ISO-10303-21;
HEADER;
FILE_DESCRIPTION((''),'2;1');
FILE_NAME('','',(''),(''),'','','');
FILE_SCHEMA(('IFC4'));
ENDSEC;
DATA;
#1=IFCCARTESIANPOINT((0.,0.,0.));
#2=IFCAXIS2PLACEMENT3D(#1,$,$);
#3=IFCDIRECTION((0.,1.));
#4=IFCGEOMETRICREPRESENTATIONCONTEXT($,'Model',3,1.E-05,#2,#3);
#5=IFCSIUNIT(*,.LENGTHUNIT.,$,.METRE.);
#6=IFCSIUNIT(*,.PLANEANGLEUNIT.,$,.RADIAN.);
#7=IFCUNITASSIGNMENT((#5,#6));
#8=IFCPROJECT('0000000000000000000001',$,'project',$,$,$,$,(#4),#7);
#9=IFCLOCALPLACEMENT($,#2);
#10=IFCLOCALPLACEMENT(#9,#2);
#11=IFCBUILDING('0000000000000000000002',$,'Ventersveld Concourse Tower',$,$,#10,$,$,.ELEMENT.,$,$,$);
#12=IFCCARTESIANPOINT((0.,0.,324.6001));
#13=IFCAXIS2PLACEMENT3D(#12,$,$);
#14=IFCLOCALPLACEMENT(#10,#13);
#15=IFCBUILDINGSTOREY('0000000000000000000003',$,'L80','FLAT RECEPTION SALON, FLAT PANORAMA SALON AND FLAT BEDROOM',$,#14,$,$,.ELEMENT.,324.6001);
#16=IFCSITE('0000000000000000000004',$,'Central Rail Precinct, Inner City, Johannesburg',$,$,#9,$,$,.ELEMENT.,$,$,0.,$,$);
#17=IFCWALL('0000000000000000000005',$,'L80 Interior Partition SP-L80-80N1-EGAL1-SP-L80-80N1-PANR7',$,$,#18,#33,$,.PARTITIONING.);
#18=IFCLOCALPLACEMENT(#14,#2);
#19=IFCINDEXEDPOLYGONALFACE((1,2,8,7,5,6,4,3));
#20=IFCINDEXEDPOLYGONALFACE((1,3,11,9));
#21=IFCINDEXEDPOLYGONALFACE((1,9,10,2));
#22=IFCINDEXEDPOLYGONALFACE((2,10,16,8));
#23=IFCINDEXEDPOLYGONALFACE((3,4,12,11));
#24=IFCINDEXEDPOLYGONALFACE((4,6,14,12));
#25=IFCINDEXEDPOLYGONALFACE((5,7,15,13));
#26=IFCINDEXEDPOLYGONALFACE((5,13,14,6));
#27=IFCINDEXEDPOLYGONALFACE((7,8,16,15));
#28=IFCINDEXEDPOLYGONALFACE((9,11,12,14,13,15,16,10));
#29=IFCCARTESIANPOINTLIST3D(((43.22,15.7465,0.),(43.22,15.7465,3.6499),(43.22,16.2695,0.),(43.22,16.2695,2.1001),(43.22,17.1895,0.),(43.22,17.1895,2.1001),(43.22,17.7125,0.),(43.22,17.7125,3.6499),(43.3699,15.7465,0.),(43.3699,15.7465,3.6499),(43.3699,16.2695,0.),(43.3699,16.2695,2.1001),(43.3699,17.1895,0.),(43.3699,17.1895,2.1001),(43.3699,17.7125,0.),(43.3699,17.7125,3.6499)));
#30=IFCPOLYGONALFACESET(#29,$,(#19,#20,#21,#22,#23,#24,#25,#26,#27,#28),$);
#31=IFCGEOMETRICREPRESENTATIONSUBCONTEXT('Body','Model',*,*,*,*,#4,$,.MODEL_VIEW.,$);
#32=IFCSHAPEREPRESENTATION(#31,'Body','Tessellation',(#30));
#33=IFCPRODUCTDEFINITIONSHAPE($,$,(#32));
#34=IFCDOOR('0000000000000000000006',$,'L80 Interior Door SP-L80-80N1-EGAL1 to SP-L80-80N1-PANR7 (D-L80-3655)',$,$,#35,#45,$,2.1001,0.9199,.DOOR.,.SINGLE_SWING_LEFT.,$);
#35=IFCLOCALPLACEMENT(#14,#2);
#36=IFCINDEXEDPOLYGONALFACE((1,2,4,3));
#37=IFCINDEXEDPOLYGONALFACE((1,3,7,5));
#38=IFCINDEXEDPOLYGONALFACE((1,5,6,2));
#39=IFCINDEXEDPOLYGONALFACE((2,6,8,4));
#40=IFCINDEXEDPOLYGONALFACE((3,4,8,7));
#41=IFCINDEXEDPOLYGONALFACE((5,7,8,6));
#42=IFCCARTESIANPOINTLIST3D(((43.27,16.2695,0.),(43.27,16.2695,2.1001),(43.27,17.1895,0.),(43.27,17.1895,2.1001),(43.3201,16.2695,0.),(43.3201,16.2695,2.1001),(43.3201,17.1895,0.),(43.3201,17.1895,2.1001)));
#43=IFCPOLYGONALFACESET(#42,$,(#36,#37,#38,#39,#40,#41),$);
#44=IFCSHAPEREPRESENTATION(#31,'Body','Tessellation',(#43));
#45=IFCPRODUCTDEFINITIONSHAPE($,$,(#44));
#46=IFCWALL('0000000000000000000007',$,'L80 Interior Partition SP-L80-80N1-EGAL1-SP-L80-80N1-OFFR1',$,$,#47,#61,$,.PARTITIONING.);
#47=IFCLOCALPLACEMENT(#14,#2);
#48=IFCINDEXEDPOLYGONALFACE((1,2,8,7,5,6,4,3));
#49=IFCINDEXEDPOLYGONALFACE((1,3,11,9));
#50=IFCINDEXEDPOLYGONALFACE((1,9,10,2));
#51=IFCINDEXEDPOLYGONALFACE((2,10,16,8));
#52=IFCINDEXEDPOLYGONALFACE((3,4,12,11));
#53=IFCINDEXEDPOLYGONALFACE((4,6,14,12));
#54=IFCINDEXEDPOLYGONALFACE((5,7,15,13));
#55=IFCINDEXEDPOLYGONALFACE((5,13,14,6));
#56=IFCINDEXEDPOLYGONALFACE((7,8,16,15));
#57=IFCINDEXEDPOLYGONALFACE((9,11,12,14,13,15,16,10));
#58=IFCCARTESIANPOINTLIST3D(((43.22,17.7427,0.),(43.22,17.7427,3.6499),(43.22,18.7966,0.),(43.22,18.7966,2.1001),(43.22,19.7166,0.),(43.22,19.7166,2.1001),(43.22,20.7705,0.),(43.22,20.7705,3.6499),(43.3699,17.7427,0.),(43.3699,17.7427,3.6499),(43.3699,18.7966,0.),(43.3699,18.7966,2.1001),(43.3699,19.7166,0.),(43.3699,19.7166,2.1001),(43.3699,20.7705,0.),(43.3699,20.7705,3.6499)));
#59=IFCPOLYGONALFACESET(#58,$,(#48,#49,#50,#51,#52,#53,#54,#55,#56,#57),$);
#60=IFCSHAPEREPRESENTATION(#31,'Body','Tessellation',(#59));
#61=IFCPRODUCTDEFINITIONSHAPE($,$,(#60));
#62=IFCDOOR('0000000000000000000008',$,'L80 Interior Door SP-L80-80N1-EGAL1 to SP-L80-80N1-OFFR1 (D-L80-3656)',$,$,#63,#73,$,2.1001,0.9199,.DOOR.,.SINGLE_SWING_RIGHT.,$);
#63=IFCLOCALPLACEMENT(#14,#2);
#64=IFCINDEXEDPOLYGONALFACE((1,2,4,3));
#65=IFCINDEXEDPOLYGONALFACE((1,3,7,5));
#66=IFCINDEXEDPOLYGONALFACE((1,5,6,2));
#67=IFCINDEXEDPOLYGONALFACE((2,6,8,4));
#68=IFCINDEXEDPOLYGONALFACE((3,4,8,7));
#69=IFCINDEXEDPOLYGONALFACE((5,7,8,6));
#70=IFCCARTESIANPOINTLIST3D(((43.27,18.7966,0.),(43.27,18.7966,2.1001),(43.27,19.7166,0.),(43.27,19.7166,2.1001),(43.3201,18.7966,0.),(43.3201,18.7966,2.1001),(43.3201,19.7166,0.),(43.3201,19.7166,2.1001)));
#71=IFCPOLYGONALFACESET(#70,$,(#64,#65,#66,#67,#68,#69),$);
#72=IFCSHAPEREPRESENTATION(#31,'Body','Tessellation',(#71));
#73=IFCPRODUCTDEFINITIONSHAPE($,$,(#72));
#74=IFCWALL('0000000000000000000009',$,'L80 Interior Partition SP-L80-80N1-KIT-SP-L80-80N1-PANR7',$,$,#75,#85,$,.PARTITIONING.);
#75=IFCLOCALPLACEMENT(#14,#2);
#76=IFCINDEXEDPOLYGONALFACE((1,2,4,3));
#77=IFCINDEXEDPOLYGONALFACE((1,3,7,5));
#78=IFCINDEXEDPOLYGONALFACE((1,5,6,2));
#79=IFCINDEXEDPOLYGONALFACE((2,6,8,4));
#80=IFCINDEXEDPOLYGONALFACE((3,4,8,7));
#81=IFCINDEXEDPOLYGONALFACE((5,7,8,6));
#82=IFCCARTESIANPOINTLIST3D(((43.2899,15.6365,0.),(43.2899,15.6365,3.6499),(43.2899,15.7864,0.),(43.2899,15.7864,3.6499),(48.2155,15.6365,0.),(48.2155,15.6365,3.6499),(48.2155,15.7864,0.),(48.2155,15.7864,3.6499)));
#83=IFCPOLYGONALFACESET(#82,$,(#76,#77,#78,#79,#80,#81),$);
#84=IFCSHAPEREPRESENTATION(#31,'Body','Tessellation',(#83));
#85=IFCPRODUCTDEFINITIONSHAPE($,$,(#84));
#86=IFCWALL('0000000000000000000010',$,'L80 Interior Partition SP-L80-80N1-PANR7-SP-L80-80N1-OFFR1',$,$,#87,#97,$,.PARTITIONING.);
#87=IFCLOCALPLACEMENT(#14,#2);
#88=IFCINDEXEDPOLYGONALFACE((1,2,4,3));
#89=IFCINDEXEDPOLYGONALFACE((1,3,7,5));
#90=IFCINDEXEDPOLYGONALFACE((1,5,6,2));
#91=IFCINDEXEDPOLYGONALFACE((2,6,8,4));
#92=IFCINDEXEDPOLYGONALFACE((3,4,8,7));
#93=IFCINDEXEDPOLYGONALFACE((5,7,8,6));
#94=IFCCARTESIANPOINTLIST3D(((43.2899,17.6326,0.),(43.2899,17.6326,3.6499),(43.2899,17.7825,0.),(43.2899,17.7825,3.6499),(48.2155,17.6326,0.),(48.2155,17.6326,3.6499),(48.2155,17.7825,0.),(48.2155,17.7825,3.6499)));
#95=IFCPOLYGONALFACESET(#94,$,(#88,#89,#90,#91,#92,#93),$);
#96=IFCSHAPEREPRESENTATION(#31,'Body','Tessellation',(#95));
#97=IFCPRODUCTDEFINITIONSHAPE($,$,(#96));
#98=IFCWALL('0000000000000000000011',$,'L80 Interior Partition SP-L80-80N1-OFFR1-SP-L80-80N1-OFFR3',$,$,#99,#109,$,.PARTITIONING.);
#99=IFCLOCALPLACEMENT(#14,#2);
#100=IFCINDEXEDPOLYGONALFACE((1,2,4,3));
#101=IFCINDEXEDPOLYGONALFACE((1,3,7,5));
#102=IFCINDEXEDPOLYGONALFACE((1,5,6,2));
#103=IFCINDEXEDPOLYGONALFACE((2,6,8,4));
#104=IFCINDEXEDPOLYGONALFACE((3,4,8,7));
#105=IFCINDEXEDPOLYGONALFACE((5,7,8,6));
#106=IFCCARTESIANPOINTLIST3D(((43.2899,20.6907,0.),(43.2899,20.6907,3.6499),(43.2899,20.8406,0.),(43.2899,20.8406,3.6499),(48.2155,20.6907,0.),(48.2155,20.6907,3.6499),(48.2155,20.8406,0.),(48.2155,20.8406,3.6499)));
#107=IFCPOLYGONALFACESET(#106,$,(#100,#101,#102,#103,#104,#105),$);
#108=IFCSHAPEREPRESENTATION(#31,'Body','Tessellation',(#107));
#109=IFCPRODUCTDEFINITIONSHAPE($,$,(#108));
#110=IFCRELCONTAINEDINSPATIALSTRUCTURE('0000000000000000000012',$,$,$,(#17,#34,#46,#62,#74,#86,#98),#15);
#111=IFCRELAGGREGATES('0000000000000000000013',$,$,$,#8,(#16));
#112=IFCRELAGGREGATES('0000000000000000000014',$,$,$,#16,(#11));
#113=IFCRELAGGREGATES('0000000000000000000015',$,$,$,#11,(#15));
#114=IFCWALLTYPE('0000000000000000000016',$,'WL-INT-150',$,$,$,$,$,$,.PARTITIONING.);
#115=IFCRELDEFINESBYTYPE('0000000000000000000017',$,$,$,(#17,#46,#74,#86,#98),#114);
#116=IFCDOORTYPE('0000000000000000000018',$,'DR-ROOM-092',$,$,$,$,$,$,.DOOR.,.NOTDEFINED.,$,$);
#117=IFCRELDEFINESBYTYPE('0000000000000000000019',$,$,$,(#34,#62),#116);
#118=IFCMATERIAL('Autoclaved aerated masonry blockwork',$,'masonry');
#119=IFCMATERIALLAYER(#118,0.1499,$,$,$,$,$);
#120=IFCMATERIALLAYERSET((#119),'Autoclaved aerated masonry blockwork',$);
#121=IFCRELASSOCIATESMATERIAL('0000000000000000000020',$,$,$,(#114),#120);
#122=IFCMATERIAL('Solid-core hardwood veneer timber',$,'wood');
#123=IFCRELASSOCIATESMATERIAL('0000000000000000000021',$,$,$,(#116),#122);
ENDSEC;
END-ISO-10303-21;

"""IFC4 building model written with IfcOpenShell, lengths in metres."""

from ifc_helpers import new_model, si_unit, direction, frame, frame_2d, origin, place, context, subcontext, project, spatial, rectangle, extrude, material, layer, layer_set, type_object, element, fill, save


model = new_model("IFC4")

# Units and contexts
model_context = context("Model", 3, precision=1e-05, world=origin(), true_north=direction((0.0, 1.0)))
body_context = subcontext(model_context, "Body", "Model", "MODEL_VIEW")
ifc_project = project(units=[si_unit("LENGTHUNIT", "METRE"), si_unit("PLANEANGLEUNIT", "RADIAN")], contexts=[model_context])

# Site, building, storey
site_placement = place(None, origin())
site = spatial("IfcSite", under=ifc_project, at=site_placement, Name="Central Rail Precinct, Inner City, Johannesburg", CompositionType="ELEMENT", RefElevation=0.0)
building_placement = place(site_placement, origin())
building = spatial("IfcBuilding", under=site, at=building_placement, Name="Ventersveld Concourse Tower", CompositionType="ELEMENT")
storey_placement = place(building_placement, frame((0.0, 0.0, 324.6001)))
storey = spatial("IfcBuildingStorey", under=building, at=storey_placement, Name="L80", Description="FLAT RECEPTION SALON, FLAT PANORAMA SALON AND FLAT BEDROOM", CompositionType="ELEMENT", Elevation=324.6001)

# Shared definitions
ifc_material_1 = material(Name="Solid-core hardwood veneer timber", Category="wood")

# Walls, openings, doors
ifc_material_2 = material(Name="Autoclaved aerated masonry blockwork", Category="masonry")
ifc_layer_1 = layer(ifc_material_2, 0.1499)
ifc_layer_set_1 = layer_set([ifc_layer_1], Name="Autoclaved aerated masonry blockwork")
wall_type_1 = type_object("IfcWallType", Name="WL-INT-150", PredefinedType="PARTITIONING", material=ifc_layer_set_1)
door_type_1 = type_object("IfcDoorType", Name="DR-ROOM-092", OperationType="NOTDEFINED", PredefinedType="DOOR", material=ifc_material_1)
wall_1_placement = place(storey_placement, frame((43.2949, 15.7466, 0.0), z_axis=(0.0, 0.0, 1.0), x_axis=(0.0, 1.0, 0.0)))
wall_1 = element("IfcWall", 1, at=wall_1_placement, inside=storey, type_object=wall_type_1, Name="L80 Interior Partition SP-L80-80N1-EGAL1-SP-L80-80N1-PANR7", PredefinedType="PARTITIONING", context=body_context, shape_type="SweptSolid", body=[
    extrude(rectangle(XDim=1.9661, YDim=0.1499, at=frame_2d((0.9829, 0.0))), origin(), (0.0, 0.0, 1.0), 3.6499),
])
opening_1_placement = place(wall_1_placement, frame((0.5229, 0.0, 0.0)))
opening_1 = element("IfcOpeningElement", 2, at=opening_1_placement, cuts=wall_1, PredefinedType="OPENING", context=body_context, shape_type="SweptSolid", body=[
    extrude(rectangle(XDim=0.9199, YDim=2.1001, at=frame_2d((0.46, 1.05))), frame((0.0, 0.085, 0.0), z_axis=(0.0, -1.0, 0.0), x_axis=(1.0, 0.0, 0.0)), (0.0, 0.0, 1.0), 0.1699),
])
door_1_placement = place(opening_1_placement, origin())
door_1 = element("IfcDoor", 3, at=door_1_placement, inside=storey, type_object=door_type_1, Name="L80 Interior Door SP-L80-80N1-EGAL1 to SP-L80-80N1-PANR7 (D-L80-3655)", OperationType="SINGLE_SWING_LEFT", OverallHeight=2.1001, OverallWidth=0.9199, PredefinedType="DOOR", context=body_context, shape_type="SweptSolid", body=[
    extrude(rectangle(XDim=0.9199, YDim=2.1001, at=frame_2d((0.46, 1.05))), frame((0.0, 0.0249, 0.0), z_axis=(0.0, -1.0, 0.0), x_axis=(1.0, 0.0, 0.0)), (0.0, 0.0, 1.0), 0.05),
])
fill(opening_1, door_1)
wall_2_placement = place(storey_placement, frame((43.2949, 17.7427, 0.0), z_axis=(0.0, 0.0, 1.0), x_axis=(0.0, 1.0, 0.0)))
wall_2 = element("IfcWall", 4, at=wall_2_placement, inside=storey, type_object=wall_type_1, Name="L80 Interior Partition SP-L80-80N1-EGAL1-SP-L80-80N1-OFFR1", PredefinedType="PARTITIONING", context=body_context, shape_type="SweptSolid", body=[
    extrude(rectangle(XDim=3.0278, YDim=0.1499, at=frame_2d((1.5139, 0.0))), origin(), (0.0, 0.0, 1.0), 3.6499),
])
opening_2_placement = place(wall_2_placement, frame((1.054, 0.0, 0.0)))
opening_2 = element("IfcOpeningElement", 5, at=opening_2_placement, cuts=wall_2, PredefinedType="OPENING", context=body_context, shape_type="SweptSolid", body=[
    extrude(rectangle(XDim=0.9199, YDim=2.1001, at=frame_2d((0.46, 1.05))), frame((0.0, 0.085, 0.0), z_axis=(0.0, -1.0, 0.0), x_axis=(1.0, 0.0, 0.0)), (0.0, 0.0, 1.0), 0.1699),
])
door_2_placement = place(opening_2_placement, origin())
door_2 = element("IfcDoor", 6, at=door_2_placement, inside=storey, type_object=door_type_1, Name="L80 Interior Door SP-L80-80N1-EGAL1 to SP-L80-80N1-OFFR1 (D-L80-3656)", OperationType="SINGLE_SWING_RIGHT", OverallHeight=2.1001, OverallWidth=0.9199, PredefinedType="DOOR", context=body_context, shape_type="SweptSolid", body=[
    extrude(rectangle(XDim=0.9199, YDim=2.1001, at=frame_2d((0.46, 1.05))), frame((0.0, 0.0249, 0.0), z_axis=(0.0, -1.0, 0.0), x_axis=(1.0, 0.0, 0.0)), (0.0, 0.0, 1.0), 0.05),
])
fill(opening_2, door_2)

# Walls
for number, where, z_axis, x_axis, name in (
    (7, (43.2898, 15.7114, 0.0), (0.0, 0.0, 1.0), (1.0, 0.0, 0.0), "L80 Interior Partition SP-L80-80N1-KIT-SP-L80-80N1-PANR7"),
    (8, (43.2898, 17.7075, 0.0), (0.0, 0.0, 1.0), (1.0, 0.0, 0.0), "L80 Interior Partition SP-L80-80N1-PANR7-SP-L80-80N1-OFFR1"),
    (9, (43.2898, 20.7656, 0.0), (0.0, 0.0, 1.0), (1.0, 0.0, 0.0), "L80 Interior Partition SP-L80-80N1-OFFR1-SP-L80-80N1-OFFR3"),
):
    element("IfcWall", number, at=place(storey_placement, frame(where, z_axis=z_axis, x_axis=x_axis)), inside=storey, type_object=wall_type_1, Name=name, PredefinedType="PARTITIONING", context=body_context, shape_type="SweptSolid", body=[
        extrude(rectangle(XDim=4.9255, YDim=0.1499, at=frame_2d((2.4629, 0.0))), origin(), (0.0, 0.0, 1.0), 3.6499),
    ])

save(model, "model.ifc")
